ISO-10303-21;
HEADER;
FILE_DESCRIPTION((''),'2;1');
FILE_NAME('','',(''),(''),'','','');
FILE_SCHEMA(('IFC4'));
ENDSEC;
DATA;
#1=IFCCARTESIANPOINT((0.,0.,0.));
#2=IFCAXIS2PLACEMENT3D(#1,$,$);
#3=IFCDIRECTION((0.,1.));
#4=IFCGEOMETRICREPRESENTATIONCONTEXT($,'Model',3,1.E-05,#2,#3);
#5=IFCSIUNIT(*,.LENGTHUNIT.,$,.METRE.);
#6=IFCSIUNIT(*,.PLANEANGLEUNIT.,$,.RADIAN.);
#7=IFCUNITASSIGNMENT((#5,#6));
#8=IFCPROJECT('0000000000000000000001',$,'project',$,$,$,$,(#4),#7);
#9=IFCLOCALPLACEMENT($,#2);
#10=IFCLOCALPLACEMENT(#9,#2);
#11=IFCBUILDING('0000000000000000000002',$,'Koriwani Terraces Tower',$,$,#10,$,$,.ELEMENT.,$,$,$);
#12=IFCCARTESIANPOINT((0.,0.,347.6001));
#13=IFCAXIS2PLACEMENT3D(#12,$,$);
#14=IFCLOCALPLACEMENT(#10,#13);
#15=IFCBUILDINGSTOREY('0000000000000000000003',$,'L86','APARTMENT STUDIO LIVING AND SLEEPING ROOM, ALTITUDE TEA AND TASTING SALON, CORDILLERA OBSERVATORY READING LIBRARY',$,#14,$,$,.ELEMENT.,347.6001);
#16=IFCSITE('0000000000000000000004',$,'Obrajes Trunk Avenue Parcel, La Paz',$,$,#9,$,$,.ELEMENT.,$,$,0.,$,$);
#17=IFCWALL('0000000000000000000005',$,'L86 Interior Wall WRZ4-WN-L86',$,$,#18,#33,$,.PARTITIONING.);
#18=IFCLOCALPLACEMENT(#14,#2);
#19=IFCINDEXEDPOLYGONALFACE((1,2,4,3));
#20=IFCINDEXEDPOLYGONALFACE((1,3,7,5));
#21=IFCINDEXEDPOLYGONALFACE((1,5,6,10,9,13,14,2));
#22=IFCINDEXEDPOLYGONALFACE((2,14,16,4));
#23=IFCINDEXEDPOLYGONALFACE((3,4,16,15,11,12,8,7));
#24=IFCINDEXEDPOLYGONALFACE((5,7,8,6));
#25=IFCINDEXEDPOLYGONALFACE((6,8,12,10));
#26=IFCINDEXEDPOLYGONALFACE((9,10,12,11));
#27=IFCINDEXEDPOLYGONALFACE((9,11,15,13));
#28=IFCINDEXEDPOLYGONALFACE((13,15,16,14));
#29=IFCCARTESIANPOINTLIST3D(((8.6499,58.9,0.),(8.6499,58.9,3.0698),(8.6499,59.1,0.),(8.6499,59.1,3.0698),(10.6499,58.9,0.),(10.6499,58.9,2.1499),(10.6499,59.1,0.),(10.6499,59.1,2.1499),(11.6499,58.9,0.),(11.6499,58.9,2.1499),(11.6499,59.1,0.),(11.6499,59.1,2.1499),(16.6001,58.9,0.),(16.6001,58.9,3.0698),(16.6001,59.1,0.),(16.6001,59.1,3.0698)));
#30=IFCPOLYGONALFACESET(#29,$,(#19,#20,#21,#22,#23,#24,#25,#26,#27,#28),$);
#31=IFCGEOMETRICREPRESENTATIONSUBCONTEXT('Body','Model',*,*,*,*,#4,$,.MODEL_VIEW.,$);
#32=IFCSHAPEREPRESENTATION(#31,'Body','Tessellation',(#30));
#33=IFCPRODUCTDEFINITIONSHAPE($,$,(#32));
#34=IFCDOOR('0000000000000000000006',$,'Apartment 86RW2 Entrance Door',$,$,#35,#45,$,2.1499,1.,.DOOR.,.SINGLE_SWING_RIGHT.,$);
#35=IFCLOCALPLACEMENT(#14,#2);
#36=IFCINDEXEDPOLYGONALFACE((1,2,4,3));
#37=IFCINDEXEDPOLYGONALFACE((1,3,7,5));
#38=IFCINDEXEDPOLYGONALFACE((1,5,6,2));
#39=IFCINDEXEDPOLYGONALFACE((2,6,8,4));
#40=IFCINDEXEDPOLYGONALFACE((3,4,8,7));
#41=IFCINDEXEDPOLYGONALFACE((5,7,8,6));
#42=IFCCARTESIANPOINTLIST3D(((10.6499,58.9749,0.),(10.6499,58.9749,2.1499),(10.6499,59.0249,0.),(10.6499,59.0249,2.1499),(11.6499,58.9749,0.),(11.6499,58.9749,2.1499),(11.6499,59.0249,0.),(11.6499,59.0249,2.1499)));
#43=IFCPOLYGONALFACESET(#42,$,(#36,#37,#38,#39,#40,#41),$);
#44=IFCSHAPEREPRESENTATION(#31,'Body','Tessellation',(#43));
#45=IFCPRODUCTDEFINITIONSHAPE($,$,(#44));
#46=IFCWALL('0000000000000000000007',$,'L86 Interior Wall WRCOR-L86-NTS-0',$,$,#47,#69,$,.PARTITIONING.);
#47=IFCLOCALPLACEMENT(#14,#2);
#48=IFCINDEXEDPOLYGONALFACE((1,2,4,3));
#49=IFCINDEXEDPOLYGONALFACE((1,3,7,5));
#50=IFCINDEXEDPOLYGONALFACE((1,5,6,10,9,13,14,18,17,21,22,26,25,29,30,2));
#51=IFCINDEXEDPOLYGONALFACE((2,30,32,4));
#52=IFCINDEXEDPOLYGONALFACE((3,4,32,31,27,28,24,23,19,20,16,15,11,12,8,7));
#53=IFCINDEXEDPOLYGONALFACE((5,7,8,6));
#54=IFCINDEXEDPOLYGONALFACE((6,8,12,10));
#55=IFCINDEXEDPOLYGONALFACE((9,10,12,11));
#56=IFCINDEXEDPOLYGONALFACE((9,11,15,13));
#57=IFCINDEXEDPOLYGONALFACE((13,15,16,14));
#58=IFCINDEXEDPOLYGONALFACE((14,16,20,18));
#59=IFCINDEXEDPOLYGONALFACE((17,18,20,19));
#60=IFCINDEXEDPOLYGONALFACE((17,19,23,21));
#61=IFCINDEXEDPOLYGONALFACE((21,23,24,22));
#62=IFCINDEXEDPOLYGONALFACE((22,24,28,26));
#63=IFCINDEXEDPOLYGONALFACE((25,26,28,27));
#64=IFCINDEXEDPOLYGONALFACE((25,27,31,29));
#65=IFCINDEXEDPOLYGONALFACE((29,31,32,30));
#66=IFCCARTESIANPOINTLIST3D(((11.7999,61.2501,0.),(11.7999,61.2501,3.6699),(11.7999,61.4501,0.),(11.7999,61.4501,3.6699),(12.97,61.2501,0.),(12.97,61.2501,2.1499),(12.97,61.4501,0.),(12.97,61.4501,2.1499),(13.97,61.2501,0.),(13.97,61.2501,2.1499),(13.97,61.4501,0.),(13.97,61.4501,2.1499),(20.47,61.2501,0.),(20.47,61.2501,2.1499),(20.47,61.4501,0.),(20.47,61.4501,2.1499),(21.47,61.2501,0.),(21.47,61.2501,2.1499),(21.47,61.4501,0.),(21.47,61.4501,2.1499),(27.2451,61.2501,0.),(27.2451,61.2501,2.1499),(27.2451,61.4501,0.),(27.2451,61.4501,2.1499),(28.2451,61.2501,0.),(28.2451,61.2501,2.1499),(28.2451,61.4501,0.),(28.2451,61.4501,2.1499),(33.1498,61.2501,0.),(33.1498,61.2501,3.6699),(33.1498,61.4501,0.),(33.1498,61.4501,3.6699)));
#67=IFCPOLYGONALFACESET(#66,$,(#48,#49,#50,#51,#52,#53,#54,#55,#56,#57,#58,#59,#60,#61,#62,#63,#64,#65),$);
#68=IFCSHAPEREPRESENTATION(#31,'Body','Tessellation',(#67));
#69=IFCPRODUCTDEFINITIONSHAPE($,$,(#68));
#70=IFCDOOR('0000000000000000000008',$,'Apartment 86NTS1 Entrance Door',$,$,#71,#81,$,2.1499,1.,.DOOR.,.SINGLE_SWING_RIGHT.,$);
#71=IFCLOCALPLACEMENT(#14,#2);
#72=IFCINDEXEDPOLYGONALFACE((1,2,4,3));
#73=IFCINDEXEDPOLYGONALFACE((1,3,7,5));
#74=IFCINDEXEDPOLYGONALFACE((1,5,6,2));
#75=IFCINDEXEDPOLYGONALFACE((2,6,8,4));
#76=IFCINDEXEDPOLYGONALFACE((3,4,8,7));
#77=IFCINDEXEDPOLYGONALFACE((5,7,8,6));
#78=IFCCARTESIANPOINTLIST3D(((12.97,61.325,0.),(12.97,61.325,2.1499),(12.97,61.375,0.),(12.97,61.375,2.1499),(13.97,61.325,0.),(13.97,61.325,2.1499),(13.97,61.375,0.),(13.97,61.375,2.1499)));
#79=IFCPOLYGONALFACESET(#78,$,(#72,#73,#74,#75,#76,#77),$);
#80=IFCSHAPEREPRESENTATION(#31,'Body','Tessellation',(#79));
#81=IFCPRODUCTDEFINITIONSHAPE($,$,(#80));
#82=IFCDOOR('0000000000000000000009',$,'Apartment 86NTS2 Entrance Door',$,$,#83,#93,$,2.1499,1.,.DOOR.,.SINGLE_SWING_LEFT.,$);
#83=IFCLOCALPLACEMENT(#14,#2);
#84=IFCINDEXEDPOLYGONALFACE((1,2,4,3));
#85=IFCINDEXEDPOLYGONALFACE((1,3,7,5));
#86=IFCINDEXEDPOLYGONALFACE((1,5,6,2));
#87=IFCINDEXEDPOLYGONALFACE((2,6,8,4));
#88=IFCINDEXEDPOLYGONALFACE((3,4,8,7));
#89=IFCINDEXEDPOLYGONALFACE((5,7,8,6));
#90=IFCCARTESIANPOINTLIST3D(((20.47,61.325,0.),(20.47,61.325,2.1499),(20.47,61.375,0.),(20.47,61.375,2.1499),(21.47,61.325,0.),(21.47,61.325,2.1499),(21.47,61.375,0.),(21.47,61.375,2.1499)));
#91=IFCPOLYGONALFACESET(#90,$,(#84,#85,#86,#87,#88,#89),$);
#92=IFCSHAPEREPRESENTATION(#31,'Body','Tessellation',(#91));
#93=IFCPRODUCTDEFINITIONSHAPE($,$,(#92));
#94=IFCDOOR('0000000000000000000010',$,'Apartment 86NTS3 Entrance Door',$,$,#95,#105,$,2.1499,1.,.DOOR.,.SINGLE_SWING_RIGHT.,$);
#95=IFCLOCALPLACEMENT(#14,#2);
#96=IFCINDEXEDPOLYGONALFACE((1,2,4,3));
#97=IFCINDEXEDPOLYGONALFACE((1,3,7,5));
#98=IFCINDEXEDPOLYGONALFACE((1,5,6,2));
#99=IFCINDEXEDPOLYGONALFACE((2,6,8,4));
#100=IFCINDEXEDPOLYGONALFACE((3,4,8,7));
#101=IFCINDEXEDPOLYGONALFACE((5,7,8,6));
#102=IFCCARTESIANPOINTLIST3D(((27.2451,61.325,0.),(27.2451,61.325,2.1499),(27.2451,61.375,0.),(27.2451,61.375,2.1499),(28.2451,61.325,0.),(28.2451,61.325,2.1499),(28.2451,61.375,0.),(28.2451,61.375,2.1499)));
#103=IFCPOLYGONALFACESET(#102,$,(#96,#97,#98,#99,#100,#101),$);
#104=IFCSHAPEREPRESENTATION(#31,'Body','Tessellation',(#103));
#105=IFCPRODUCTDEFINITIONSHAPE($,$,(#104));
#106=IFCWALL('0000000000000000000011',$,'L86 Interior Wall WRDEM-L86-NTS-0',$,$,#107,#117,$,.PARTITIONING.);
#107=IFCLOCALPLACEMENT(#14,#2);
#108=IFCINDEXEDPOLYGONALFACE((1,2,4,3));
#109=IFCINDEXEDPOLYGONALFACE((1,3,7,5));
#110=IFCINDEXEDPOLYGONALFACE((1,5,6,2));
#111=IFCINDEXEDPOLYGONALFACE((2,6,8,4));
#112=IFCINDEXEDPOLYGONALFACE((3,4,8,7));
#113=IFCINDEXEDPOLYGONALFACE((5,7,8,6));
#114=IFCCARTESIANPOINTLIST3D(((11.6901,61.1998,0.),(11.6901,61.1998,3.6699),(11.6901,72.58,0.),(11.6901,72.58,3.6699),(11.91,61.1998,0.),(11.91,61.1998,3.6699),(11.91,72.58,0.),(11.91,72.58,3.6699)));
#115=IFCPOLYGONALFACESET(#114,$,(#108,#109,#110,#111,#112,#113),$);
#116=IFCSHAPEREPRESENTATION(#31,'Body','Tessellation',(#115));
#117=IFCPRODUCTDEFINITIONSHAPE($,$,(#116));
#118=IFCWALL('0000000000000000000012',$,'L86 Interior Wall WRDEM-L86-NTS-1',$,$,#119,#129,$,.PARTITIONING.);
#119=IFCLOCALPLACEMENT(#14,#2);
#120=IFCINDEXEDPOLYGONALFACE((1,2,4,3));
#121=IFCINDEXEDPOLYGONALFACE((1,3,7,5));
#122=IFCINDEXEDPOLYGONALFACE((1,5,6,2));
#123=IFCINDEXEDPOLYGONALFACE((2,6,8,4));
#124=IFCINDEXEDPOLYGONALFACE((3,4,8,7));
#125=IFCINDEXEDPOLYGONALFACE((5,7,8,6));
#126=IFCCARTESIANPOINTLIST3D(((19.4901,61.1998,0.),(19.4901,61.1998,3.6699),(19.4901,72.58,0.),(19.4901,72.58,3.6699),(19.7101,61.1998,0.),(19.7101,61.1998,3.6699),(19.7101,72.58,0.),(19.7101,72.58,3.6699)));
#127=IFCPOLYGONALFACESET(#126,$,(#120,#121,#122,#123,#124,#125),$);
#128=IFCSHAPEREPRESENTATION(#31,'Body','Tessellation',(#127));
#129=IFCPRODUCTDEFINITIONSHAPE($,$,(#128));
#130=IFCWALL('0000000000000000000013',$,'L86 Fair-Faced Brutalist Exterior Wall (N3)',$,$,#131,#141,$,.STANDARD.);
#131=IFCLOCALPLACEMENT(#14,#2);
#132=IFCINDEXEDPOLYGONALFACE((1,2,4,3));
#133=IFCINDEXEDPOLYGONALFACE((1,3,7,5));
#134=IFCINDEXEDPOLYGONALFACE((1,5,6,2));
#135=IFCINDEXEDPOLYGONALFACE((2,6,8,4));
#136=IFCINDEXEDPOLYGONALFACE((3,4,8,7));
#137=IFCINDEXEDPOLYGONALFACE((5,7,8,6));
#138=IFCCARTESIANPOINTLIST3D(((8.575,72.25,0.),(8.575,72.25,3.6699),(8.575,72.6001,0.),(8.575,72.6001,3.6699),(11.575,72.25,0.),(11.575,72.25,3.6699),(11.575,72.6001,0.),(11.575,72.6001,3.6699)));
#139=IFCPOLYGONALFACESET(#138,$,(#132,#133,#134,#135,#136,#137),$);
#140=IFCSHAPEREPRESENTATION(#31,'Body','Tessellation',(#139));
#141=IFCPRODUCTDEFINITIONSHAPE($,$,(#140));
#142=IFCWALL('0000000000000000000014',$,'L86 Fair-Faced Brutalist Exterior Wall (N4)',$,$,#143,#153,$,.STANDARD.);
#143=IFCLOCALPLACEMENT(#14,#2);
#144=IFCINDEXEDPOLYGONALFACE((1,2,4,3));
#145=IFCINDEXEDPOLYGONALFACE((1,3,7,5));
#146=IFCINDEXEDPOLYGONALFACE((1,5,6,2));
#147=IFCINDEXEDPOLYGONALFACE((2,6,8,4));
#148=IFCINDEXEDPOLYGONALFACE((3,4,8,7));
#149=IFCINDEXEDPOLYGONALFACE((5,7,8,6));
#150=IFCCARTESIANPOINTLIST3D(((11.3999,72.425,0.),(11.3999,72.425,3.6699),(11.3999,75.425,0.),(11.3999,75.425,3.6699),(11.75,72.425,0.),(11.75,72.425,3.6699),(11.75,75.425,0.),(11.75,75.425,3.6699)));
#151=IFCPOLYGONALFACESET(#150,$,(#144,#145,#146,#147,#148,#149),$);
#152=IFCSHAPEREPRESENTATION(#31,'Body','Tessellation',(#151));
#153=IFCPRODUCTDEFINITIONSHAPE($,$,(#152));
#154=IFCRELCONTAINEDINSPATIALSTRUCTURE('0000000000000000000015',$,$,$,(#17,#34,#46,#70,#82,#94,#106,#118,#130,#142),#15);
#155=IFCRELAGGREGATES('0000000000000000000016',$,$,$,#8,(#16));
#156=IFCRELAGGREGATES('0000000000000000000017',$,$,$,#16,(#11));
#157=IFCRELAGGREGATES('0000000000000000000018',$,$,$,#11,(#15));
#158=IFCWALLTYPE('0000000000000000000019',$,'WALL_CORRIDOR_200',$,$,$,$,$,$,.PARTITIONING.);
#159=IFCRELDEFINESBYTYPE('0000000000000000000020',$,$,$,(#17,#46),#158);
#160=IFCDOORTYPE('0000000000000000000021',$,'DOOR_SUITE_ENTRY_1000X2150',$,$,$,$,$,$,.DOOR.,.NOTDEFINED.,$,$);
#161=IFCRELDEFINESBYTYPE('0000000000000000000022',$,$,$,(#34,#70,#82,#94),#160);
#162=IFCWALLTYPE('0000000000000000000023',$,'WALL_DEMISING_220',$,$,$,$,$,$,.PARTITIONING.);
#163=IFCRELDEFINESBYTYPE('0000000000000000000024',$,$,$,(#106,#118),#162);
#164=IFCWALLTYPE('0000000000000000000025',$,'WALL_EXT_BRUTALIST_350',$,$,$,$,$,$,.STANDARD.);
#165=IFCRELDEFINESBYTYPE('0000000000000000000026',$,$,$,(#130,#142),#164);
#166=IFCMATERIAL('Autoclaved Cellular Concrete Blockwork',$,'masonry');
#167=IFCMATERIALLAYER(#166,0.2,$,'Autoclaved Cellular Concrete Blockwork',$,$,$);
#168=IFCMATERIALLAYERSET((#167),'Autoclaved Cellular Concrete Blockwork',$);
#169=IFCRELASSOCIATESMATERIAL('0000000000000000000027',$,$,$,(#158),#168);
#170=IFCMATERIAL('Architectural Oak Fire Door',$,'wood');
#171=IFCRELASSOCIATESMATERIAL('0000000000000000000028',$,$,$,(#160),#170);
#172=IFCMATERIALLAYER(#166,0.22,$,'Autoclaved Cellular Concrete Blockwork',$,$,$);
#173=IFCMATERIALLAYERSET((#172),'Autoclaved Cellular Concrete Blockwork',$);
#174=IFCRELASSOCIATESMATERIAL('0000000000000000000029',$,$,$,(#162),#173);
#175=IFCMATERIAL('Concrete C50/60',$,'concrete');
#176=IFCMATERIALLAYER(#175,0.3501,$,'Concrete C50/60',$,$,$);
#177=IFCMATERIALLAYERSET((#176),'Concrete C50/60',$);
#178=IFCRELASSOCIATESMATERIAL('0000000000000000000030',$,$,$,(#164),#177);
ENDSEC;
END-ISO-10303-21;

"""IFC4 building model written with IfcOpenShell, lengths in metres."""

from ifc_helpers import new_model, si_unit, direction, frame, frame_2d, origin, place, context, subcontext, project, spatial, rectangle, extrude, material, layer, layer_set, type_object, element, fill, save


model = new_model("IFC4")

# Units and contexts
model_context = context("Model", 3, precision=1e-05, world=origin(), true_north=direction((0.0, 1.0)))
body_context = subcontext(model_context, "Body", "Model", "MODEL_VIEW")
ifc_project = project(units=[si_unit("LENGTHUNIT", "METRE"), si_unit("PLANEANGLEUNIT", "RADIAN")], contexts=[model_context])

# Site, building, storey
site_placement = place(None, origin())
site = spatial("IfcSite", under=ifc_project, at=site_placement, Name="Obrajes Trunk Avenue Parcel, La Paz", CompositionType="ELEMENT", RefElevation=0.0)
building_placement = place(site_placement, origin())
building = spatial("IfcBuilding", under=site, at=building_placement, Name="Koriwani Terraces Tower", CompositionType="ELEMENT")
storey_placement = place(building_placement, frame((0.0, 0.0, 347.6001)))
storey = spatial("IfcBuildingStorey", under=building, at=storey_placement, Name="L86", Description="APARTMENT STUDIO LIVING AND SLEEPING ROOM, ALTITUDE TEA AND TASTING SALON, CORDILLERA OBSERVATORY READING LIBRARY", CompositionType="ELEMENT", Elevation=347.6001)

# Shared definitions
ifc_material_1 = material(Name="Concrete C50/60", Category="concrete")

# Wall, opening, door
ifc_material_2 = material(Name="Autoclaved Cellular Concrete Blockwork", Category="masonry")
ifc_layer_1 = layer(ifc_material_2, 0.2, Name="Autoclaved Cellular Concrete Blockwork")
ifc_layer_set_1 = layer_set([ifc_layer_1], Name="Autoclaved Cellular Concrete Blockwork")
wall_type_1 = type_object("IfcWallType", Name="WALL_CORRIDOR_200", PredefinedType="PARTITIONING", material=ifc_layer_set_1)
wall_1_placement = place(storey_placement, frame((8.6499, 59.0, 0.0), z_axis=(0.0, 0.0, 1.0), x_axis=(1.0, 0.0, 0.0)))
wall_1 = element("IfcWall", 1, at=wall_1_placement, inside=storey, type_object=wall_type_1, Name="L86 Interior Wall WRZ4-WN-L86", PredefinedType="PARTITIONING", context=body_context, shape_type="SweptSolid", body=[
    extrude(rectangle(XDim=7.9502, YDim=0.2, at=frame_2d((3.9751, 0.0))), origin(), (0.0, 0.0, 1.0), 3.0698),
])
opening_1_placement = place(wall_1_placement, frame((2.0, 0.0, 0.0)))
opening_1 = element("IfcOpeningElement", 2, at=opening_1_placement, cuts=wall_1, PredefinedType="OPENING", context=body_context, shape_type="SweptSolid", body=[
    extrude(rectangle(XDim=1.0, YDim=2.1499, at=frame_2d((0.5, 1.075))), frame((0.0, 0.1099, 0.0), z_axis=(0.0, -1.0, 0.0), x_axis=(1.0, 0.0, 0.0)), (0.0, 0.0, 1.0), 0.22),
])
ifc_material_3 = material(Name="Architectural Oak Fire Door", Category="wood")
door_type_1 = type_object("IfcDoorType", Name="DOOR_SUITE_ENTRY_1000X2150", OperationType="NOTDEFINED", PredefinedType="DOOR", material=ifc_material_3)
door_1_placement = place(opening_1_placement, origin())
door_1 = element("IfcDoor", 3, at=door_1_placement, inside=storey, type_object=door_type_1, Name="Apartment 86RW2 Entrance Door", OperationType="SINGLE_SWING_RIGHT", OverallHeight=2.1499, OverallWidth=1.0, PredefinedType="DOOR", context=body_context, shape_type="SweptSolid", body=[
    extrude(rectangle(XDim=1.0, YDim=2.1499, at=frame_2d((0.5, 1.075))), frame((0.0, 0.0249, 0.0), z_axis=(0.0, -1.0, 0.0), x_axis=(1.0, 0.0, 0.0)), (0.0, 0.0, 1.0), 0.05),
])
fill(opening_1, door_1)

# Wall, openings, doors
wall_2_placement = place(storey_placement, frame((11.8, 61.3501, 0.0), z_axis=(0.0, 0.0, 1.0), x_axis=(1.0, 0.0, 0.0)))
wall_2 = element("IfcWall", 4, at=wall_2_placement, inside=storey, type_object=wall_type_1, Name="L86 Interior Wall WRCOR-L86-NTS-0", PredefinedType="PARTITIONING", context=body_context, shape_type="SweptSolid", body=[
    extrude(rectangle(XDim=21.3499, YDim=0.2, at=frame_2d((10.6748, 0.0))), origin(), (0.0, 0.0, 1.0), 3.6699),
])
opening_2_placement = place(wall_2_placement, frame((1.1699, 0.0, 0.0)))
opening_2 = element("IfcOpeningElement", 5, at=opening_2_placement, cuts=wall_2, PredefinedType="OPENING", context=body_context, shape_type="SweptSolid", body=[
    extrude(rectangle(XDim=1.0, YDim=2.1499, at=frame_2d((0.5, 1.075))), frame((0.0, 0.1099, 0.0), z_axis=(0.0, -1.0, 0.0), x_axis=(1.0, 0.0, 0.0)), (0.0, 0.0, 1.0), 0.22),
])
opening_3_placement = place(wall_2_placement, frame((8.6699, 0.0, 0.0)))
opening_3 = element("IfcOpeningElement", 6, at=opening_3_placement, cuts=wall_2, PredefinedType="OPENING", context=body_context, shape_type="SweptSolid", body=[
    extrude(rectangle(XDim=1.0, YDim=2.1499, at=frame_2d((0.5, 1.075))), frame((0.0, 0.1099, 0.0), z_axis=(0.0, -1.0, 0.0), x_axis=(1.0, 0.0, 0.0)), (0.0, 0.0, 1.0), 0.22),
])
opening_4_placement = place(wall_2_placement, frame((15.4451, 0.0, 0.0)))
opening_4 = element("IfcOpeningElement", 7, at=opening_4_placement, cuts=wall_2, PredefinedType="OPENING", context=body_context, shape_type="SweptSolid", body=[
    extrude(rectangle(XDim=1.0, YDim=2.1499, at=frame_2d((0.5, 1.075))), frame((0.0, 0.1099, 0.0), z_axis=(0.0, -1.0, 0.0), x_axis=(1.0, 0.0, 0.0)), (0.0, 0.0, 1.0), 0.22),
])
door_2_placement = place(opening_2_placement, origin())
door_2 = element("IfcDoor", 8, at=door_2_placement, inside=storey, type_object=door_type_1, Name="Apartment 86NTS1 Entrance Door", OperationType="SINGLE_SWING_RIGHT", OverallHeight=2.1499, OverallWidth=1.0, PredefinedType="DOOR", context=body_context, shape_type="SweptSolid", body=[
    extrude(rectangle(XDim=1.0, YDim=2.1499, at=frame_2d((0.5, 1.075))), frame((0.0, 0.0249, 0.0), z_axis=(0.0, -1.0, 0.0), x_axis=(1.0, 0.0, 0.0)), (0.0, 0.0, 1.0), 0.05),
])
fill(opening_2, door_2)
door_3_placement = place(opening_3_placement, origin())
door_3 = element("IfcDoor", 9, at=door_3_placement, inside=storey, type_object=door_type_1, Name="Apartment 86NTS2 Entrance Door", OperationType="SINGLE_SWING_LEFT", OverallHeight=2.1499, OverallWidth=1.0, PredefinedType="DOOR", context=body_context, shape_type="SweptSolid", body=[
    extrude(rectangle(XDim=1.0, YDim=2.1499, at=frame_2d((0.5, 1.075))), frame((0.0, 0.0249, 0.0), z_axis=(0.0, -1.0, 0.0), x_axis=(1.0, 0.0, 0.0)), (0.0, 0.0, 1.0), 0.05),
])
fill(opening_3, door_3)
door_4_placement = place(opening_4_placement, origin())
door_4 = element("IfcDoor", 10, at=door_4_placement, inside=storey, type_object=door_type_1, Name="Apartment 86NTS3 Entrance Door", OperationType="SINGLE_SWING_RIGHT", OverallHeight=2.1499, OverallWidth=1.0, PredefinedType="DOOR", context=body_context, shape_type="SweptSolid", body=[
    extrude(rectangle(XDim=1.0, YDim=2.1499, at=frame_2d((0.5, 1.075))), frame((0.0, 0.0249, 0.0), z_axis=(0.0, -1.0, 0.0), x_axis=(1.0, 0.0, 0.0)), (0.0, 0.0, 1.0), 0.05),
])
fill(opening_4, door_4)

# Walls
ifc_layer_2 = layer(ifc_material_2, 0.22, Name="Autoclaved Cellular Concrete Blockwork")
ifc_layer_set_2 = layer_set([ifc_layer_2], Name="Autoclaved Cellular Concrete Blockwork")
wall_type_2 = type_object("IfcWallType", Name="WALL_DEMISING_220", PredefinedType="PARTITIONING", material=ifc_layer_set_2)
for number, where, z_axis, x_axis, name in (
    (11, (11.8, 61.2, 0.0), (0.0, 0.0, 1.0), (0.0, 1.0, 0.0), "L86 Interior Wall WRDEM-L86-NTS-0"),
    (12, (19.6001, 61.2, 0.0), (0.0, 0.0, 1.0), (0.0, 1.0, 0.0), "L86 Interior Wall WRDEM-L86-NTS-1"),
):
    element("IfcWall", number, at=place(storey_placement, frame(where, z_axis=z_axis, x_axis=x_axis)), inside=storey, type_object=wall_type_2, Name=name, PredefinedType="PARTITIONING", context=body_context, shape_type="SweptSolid", body=[
        extrude(rectangle(XDim=11.3801, YDim=0.22, at=frame_2d((5.6899, 0.0))), origin(), (0.0, 0.0, 1.0), 3.6699),
    ])
ifc_layer_3 = layer(ifc_material_1, 0.3501, Name="Concrete C50/60")
ifc_layer_set_3 = layer_set([ifc_layer_3], Name="Concrete C50/60")
wall_type_3 = type_object("IfcWallType", Name="WALL_EXT_BRUTALIST_350", PredefinedType="STANDARD", material=ifc_layer_set_3)
for number, where, z_axis, x_axis, name in (
    (13, (8.575, 72.425, 0.0), (0.0, 0.0, 1.0), (1.0, 0.0, 0.0), "L86 Fair-Faced Brutalist Exterior Wall (N3)"),
    (14, (11.575, 72.425, 0.0), (0.0, 0.0, 1.0), (0.0, 1.0, 0.0), "L86 Fair-Faced Brutalist Exterior Wall (N4)"),
):
    element("IfcWall", number, at=place(storey_placement, frame(where, z_axis=z_axis, x_axis=x_axis)), inside=storey, type_object=wall_type_3, Name=name, PredefinedType="STANDARD", context=body_context, shape_type="SweptSolid", body=[
        extrude(rectangle(XDim=3.0, YDim=0.3501, at=frame_2d((1.5, 0.0))), origin(), (0.0, 0.0, 1.0), 3.6699),
    ])

save(model, "model.ifc")
